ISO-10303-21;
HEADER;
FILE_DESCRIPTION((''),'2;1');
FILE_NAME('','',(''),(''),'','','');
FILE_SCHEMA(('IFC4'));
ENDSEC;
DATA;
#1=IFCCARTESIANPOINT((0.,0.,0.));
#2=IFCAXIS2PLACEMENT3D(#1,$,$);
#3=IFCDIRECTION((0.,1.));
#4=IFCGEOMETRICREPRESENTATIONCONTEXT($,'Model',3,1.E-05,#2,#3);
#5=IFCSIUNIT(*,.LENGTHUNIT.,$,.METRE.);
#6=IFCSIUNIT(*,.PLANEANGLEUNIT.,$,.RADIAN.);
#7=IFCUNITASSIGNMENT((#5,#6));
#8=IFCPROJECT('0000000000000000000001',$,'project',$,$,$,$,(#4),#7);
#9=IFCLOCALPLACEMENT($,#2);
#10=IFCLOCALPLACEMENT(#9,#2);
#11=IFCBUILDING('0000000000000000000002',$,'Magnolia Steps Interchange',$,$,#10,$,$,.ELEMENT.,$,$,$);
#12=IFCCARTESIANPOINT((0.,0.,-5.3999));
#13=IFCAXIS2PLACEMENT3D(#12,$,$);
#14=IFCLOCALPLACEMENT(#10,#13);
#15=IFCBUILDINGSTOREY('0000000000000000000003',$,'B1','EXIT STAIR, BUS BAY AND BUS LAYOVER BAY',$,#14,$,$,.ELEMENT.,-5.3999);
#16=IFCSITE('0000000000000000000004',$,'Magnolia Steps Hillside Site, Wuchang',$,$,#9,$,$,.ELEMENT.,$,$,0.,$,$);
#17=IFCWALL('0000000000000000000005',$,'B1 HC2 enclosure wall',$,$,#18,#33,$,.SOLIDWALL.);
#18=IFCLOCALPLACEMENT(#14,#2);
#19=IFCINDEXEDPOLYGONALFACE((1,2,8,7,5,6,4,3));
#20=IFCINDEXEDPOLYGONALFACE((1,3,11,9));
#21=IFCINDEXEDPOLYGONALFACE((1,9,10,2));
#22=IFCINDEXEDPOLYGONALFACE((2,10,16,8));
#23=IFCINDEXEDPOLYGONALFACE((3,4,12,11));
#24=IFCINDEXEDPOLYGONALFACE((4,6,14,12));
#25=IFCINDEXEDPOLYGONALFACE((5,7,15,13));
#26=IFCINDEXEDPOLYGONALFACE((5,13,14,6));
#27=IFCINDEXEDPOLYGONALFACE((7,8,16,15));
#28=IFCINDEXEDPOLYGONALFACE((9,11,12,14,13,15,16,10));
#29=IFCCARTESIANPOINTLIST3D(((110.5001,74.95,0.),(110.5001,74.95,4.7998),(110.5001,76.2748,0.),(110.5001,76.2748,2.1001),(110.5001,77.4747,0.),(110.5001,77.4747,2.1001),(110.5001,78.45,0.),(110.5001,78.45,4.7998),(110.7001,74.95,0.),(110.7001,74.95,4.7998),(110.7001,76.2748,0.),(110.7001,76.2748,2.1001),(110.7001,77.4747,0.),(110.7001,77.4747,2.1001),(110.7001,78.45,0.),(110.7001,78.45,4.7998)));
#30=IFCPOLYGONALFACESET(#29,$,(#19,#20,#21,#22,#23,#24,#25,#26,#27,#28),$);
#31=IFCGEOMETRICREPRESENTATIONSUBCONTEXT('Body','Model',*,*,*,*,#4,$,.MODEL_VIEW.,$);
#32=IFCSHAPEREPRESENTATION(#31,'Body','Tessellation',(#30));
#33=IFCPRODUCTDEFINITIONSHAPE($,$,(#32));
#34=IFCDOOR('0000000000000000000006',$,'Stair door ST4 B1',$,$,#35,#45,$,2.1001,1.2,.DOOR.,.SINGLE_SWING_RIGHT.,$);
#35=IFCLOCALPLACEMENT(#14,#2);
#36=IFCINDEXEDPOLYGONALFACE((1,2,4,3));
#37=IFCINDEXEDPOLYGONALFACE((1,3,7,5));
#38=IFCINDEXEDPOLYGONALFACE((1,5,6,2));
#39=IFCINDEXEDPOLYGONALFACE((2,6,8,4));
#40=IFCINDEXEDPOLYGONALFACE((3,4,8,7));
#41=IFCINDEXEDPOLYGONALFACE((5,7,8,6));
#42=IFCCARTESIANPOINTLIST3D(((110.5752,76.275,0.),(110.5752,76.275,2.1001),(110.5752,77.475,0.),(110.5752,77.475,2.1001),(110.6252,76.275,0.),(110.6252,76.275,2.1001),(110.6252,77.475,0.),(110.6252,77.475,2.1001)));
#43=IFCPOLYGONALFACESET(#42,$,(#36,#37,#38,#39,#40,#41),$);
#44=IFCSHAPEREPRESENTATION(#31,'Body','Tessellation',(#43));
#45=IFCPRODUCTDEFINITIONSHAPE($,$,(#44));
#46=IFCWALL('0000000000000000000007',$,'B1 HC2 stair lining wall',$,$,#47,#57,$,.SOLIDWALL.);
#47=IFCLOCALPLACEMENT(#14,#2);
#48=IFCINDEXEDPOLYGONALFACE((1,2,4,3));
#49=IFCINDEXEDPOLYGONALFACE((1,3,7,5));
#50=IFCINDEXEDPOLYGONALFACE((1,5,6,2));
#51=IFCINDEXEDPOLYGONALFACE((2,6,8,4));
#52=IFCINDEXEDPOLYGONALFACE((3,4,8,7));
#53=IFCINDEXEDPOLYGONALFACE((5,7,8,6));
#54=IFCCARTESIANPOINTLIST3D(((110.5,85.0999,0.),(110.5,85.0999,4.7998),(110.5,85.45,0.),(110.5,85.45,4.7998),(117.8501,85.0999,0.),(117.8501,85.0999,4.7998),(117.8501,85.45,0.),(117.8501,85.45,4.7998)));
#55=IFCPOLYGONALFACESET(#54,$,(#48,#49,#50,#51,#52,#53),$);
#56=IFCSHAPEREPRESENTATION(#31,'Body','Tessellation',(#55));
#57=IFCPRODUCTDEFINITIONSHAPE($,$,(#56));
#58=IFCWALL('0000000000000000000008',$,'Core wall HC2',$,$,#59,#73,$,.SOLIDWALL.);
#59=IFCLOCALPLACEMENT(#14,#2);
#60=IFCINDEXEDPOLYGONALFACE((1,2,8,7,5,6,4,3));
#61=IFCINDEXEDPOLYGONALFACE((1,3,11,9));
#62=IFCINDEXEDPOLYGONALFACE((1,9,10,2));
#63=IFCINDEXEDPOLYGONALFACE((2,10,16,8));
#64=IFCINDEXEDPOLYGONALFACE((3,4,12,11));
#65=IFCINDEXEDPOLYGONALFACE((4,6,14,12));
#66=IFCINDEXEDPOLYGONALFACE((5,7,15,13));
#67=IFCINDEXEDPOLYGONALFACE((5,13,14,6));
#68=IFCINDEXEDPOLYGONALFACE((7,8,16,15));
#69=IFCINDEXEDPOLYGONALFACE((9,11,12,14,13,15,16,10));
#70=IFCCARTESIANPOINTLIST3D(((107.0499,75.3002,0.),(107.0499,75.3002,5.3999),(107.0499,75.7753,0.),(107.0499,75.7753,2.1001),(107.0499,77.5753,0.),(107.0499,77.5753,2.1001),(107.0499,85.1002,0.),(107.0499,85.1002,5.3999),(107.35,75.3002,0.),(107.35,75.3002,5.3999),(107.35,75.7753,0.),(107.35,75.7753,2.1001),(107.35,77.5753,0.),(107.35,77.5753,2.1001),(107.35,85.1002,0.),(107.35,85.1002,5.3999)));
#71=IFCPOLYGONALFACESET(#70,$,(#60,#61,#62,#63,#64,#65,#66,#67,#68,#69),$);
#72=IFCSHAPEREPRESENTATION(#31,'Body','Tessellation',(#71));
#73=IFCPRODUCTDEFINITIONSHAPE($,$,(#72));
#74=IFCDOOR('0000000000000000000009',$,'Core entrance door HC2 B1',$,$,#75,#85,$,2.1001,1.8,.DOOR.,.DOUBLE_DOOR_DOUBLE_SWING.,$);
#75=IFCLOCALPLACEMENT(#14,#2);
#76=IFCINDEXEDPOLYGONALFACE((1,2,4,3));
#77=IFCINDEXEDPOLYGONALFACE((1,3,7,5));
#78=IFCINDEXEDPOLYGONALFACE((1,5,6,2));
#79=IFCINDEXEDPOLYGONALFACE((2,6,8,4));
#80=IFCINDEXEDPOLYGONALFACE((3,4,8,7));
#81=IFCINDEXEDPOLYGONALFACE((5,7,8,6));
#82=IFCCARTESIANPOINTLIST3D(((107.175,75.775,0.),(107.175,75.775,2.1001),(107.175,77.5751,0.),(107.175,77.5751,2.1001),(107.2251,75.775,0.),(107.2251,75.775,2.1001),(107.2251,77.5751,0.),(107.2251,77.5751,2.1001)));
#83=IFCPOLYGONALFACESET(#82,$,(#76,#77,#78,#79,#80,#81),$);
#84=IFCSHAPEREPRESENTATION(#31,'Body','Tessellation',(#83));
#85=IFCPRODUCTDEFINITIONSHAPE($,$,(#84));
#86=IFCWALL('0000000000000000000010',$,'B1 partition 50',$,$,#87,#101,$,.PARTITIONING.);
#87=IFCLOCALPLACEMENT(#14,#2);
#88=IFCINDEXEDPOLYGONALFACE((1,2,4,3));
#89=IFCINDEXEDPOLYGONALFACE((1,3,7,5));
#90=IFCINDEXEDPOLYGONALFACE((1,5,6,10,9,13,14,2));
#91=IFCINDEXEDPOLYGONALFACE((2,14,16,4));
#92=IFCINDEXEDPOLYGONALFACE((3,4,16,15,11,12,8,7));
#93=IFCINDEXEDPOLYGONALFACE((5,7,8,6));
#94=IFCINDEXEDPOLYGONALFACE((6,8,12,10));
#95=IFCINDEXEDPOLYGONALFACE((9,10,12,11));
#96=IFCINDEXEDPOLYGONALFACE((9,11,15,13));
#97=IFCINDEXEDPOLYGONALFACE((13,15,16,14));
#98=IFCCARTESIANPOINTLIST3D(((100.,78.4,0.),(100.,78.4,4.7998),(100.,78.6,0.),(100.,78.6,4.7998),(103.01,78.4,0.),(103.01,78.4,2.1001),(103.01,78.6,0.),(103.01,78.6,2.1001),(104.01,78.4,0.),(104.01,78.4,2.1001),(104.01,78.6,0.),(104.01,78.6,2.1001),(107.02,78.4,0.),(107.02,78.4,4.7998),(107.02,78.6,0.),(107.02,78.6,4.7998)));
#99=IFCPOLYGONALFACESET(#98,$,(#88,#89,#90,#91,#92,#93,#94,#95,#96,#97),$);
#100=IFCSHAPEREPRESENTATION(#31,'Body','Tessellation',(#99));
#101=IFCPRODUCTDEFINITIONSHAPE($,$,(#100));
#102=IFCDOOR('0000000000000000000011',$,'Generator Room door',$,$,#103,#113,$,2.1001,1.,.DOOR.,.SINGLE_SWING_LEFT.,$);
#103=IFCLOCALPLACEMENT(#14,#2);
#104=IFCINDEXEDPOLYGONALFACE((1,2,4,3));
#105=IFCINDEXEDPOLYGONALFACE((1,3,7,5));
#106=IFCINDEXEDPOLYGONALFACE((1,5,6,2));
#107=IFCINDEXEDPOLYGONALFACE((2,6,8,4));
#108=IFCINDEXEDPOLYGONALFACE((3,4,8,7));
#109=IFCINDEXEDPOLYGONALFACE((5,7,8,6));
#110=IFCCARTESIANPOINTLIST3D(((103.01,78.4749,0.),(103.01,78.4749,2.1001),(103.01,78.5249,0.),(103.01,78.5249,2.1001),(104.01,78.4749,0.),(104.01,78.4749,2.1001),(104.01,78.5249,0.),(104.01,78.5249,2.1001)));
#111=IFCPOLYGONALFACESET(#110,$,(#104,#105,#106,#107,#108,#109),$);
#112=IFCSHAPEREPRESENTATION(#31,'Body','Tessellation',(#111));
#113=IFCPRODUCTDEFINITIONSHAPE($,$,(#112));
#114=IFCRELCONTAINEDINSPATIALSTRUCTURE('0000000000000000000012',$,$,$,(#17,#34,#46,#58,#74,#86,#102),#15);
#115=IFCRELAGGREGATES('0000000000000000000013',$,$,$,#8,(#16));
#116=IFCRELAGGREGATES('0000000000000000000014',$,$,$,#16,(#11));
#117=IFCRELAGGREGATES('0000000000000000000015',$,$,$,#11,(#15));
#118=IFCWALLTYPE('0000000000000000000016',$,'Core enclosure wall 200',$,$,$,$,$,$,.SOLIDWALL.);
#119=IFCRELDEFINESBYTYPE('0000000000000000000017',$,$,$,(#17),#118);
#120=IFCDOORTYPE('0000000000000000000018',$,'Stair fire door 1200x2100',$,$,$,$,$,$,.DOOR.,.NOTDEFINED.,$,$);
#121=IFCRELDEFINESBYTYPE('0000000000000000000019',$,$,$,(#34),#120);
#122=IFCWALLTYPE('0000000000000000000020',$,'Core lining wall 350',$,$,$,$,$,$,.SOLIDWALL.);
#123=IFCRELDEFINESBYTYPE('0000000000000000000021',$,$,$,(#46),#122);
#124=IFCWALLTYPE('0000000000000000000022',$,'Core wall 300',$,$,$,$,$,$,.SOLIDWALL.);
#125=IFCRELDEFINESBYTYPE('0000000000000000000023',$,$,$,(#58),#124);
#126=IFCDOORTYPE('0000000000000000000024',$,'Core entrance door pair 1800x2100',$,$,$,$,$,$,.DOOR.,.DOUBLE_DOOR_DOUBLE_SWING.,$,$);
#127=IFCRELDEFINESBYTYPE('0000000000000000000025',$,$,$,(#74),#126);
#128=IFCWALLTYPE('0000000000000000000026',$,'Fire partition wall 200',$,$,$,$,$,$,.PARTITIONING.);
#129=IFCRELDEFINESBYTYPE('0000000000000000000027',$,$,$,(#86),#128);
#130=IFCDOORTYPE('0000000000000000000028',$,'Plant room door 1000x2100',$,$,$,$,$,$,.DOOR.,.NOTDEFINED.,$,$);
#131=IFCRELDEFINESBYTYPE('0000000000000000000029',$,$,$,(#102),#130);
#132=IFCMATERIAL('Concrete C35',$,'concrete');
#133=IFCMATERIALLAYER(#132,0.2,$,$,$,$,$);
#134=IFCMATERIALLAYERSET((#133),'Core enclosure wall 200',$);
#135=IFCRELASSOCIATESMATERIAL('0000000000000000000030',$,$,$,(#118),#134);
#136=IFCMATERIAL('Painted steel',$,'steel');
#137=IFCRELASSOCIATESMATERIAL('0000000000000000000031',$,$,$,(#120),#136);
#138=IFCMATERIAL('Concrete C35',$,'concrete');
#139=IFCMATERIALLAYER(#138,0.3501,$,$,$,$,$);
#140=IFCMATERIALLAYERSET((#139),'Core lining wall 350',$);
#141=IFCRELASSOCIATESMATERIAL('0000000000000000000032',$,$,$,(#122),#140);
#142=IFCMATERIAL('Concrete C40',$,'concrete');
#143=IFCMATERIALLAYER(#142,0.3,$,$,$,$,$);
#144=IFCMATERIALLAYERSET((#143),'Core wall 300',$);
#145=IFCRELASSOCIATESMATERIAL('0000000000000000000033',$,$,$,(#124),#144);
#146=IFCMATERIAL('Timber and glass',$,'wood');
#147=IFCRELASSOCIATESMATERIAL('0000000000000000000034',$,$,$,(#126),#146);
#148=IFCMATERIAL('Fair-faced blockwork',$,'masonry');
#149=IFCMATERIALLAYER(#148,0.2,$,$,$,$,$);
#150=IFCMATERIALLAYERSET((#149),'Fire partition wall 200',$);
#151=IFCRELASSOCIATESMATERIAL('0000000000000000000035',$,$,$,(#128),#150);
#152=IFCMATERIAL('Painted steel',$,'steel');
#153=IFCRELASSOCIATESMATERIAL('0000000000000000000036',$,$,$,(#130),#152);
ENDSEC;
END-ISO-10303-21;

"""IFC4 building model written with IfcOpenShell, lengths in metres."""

from ifc_helpers import new_model, si_unit, direction, frame, frame_2d, origin, place, context, subcontext, project, spatial, rectangle, extrude, material, layer, layer_set, type_object, element, fill, save


model = new_model("IFC4")

# Units and contexts
model_context = context("Model", 3, precision=1e-05, world=origin(), true_north=direction((0.0, 1.0)))
body_context = subcontext(model_context, "Body", "Model", "MODEL_VIEW")
ifc_project = project(units=[si_unit("LENGTHUNIT", "METRE"), si_unit("PLANEANGLEUNIT", "RADIAN")], contexts=[model_context])

# Site, building, storey
site_placement = place(None, origin())
site = spatial("IfcSite", under=ifc_project, at=site_placement, Name="Magnolia Steps Hillside Site, Wuchang", CompositionType="ELEMENT", RefElevation=0.0)
building_placement = place(site_placement, origin())
building = spatial("IfcBuilding", under=site, at=building_placement, Name="Magnolia Steps Interchange", CompositionType="ELEMENT")
storey_placement = place(building_placement, frame((0.0, 0.0, -5.3999)))
storey = spatial("IfcBuildingStorey", under=building, at=storey_placement, Name="B1", Description="EXIT STAIR, BUS BAY AND BUS LAYOVER BAY", CompositionType="ELEMENT", Elevation=-5.3999)

# Shared definitions
ifc_material_1 = material(Name="Concrete C35", Category="concrete")
ifc_layer_1 = layer(ifc_material_1, 0.2)
ifc_layer_set_1 = layer_set([ifc_layer_1], Name="Core enclosure wall 200")
wall_type_1 = type_object("IfcWallType", Name="Core enclosure wall 200", PredefinedType="SOLIDWALL", material=ifc_layer_set_1)
ifc_material_2 = material(Name="Painted steel", Category="steel")
door_type_1 = type_object("IfcDoorType", Name="Stair fire door 1200x2100", OperationType="NOTDEFINED", PredefinedType="DOOR", material=ifc_material_2)

# Wall, opening, door
wall_1_placement = place(storey_placement, frame((110.6001, 78.45, 0.0), z_axis=(0.0, 0.0, 1.0), x_axis=(0.0, -1.0, 0.0)))
wall_1 = element("IfcWall", 1, at=wall_1_placement, inside=storey, type_object=wall_type_1, Name="B1 HC2 enclosure wall", PredefinedType="SOLIDWALL", context=body_context, shape_type="SweptSolid", body=[
    extrude(rectangle(XDim=3.5, YDim=0.2, at=frame_2d((1.75, 0.0))), origin(), (0.0, 0.0, 1.0), 4.7998),
])
opening_1_placement = place(wall_1_placement, frame((0.9751, 0.0, 0.0)))
opening_1 = element("IfcOpeningElement", 2, at=opening_1_placement, cuts=wall_1, PredefinedType="OPENING", context=body_context, shape_type="SweptSolid", body=[
    extrude(rectangle(XDim=1.2, YDim=2.1001, at=frame_2d((0.6001, 1.05))), frame((0.0, 0.1099, 0.0), z_axis=(0.0, -1.0, 0.0), x_axis=(1.0, 0.0, 0.0)), (0.0, 0.0, 1.0), 0.22),
])
door_1_placement = place(opening_1_placement, frame((1.2, 0.0, 0.0), z_axis=(0.0, 0.0, 1.0), x_axis=(-1.0, 0.0, 0.0)))
door_1 = element("IfcDoor", 3, at=door_1_placement, inside=storey, type_object=door_type_1, Name="Stair door ST4 B1", OperationType="SINGLE_SWING_RIGHT", OverallHeight=2.1001, OverallWidth=1.2, PredefinedType="DOOR", context=body_context, shape_type="SweptSolid", body=[
    extrude(rectangle(XDim=1.2, YDim=2.1001, at=frame_2d((0.6001, 1.05))), frame((0.0, 0.0249, 0.0), z_axis=(0.0, -1.0, 0.0), x_axis=(1.0, 0.0, 0.0)), (0.0, 0.0, 1.0), 0.05),
])
fill(opening_1, door_1)

# Wall
ifc_material_3 = material(Name="Concrete C35", Category="concrete")
ifc_layer_2 = layer(ifc_material_3, 0.3501)
ifc_layer_set_2 = layer_set([ifc_layer_2], Name="Core lining wall 350")
wall_type_2 = type_object("IfcWallType", Name="Core lining wall 350", PredefinedType="SOLIDWALL", material=ifc_layer_set_2)
wall_2_placement = place(storey_placement, frame((110.5, 85.2749, 0.0), z_axis=(0.0, 0.0, 1.0), x_axis=(1.0, 0.0, 0.0)))
element("IfcWall", 4, at=wall_2_placement, inside=storey, type_object=wall_type_2, Name="B1 HC2 stair lining wall", PredefinedType="SOLIDWALL", context=body_context, shape_type="SweptSolid", body=[
    extrude(rectangle(XDim=7.3501, YDim=0.3501, at=frame_2d((3.675, 0.0))), origin(), (0.0, 0.0, 1.0), 4.7998),
])

# Walls, openings, doors
ifc_material_4 = material(Name="Concrete C40", Category="concrete")
ifc_layer_3 = layer(ifc_material_4, 0.3)
ifc_layer_set_3 = layer_set([ifc_layer_3], Name="Core wall 300")
wall_type_3 = type_object("IfcWallType", Name="Core wall 300", PredefinedType="SOLIDWALL", material=ifc_layer_set_3)
wall_3_placement = place(storey_placement, frame((107.2, 85.1001, 0.0), z_axis=(0.0, 0.0, 1.0), x_axis=(0.0, -1.0, 0.0)))
wall_3 = element("IfcWall", 5, at=wall_3_placement, inside=storey, type_object=wall_type_3, Name="Core wall HC2", PredefinedType="SOLIDWALL", context=body_context, shape_type="SweptSolid", body=[
    extrude(rectangle(XDim=9.8, YDim=0.3, at=frame_2d((4.8999, 0.0))), origin(), (0.0, 0.0, 1.0), 5.3999),
])
opening_2_placement = place(wall_3_placement, frame((7.5249, 0.0, 0.0)))
opening_2 = element("IfcOpeningElement", 6, at=opening_2_placement, cuts=wall_3, PredefinedType="OPENING", context=body_context, shape_type="SweptSolid", body=[
    extrude(rectangle(XDim=1.8, YDim=2.1001, at=frame_2d((0.8999, 1.05))), frame((0.0, 0.1599, 0.0), z_axis=(0.0, -1.0, 0.0), x_axis=(1.0, 0.0, 0.0)), (0.0, 0.0, 1.0), 0.3201),
])
ifc_material_5 = material(Name="Timber and glass", Category="wood")
door_type_2 = type_object("IfcDoorType", Name="Core entrance door pair 1800x2100", OperationType="DOUBLE_DOOR_DOUBLE_SWING", PredefinedType="DOOR", material=ifc_material_5)
door_2_placement = place(opening_2_placement, frame((1.8, 0.0, 0.0), z_axis=(0.0, 0.0, 1.0), x_axis=(-1.0, 0.0, 0.0)))
door_2 = element("IfcDoor", 7, at=door_2_placement, inside=storey, type_object=door_type_2, Name="Core entrance door HC2 B1", OperationType="DOUBLE_DOOR_DOUBLE_SWING", OverallHeight=2.1001, OverallWidth=1.8, PredefinedType="DOOR", context=body_context, shape_type="SweptSolid", body=[
    extrude(rectangle(XDim=1.8, YDim=2.1001, at=frame_2d((0.8999, 1.05))), frame((0.0, 0.0249, 0.0), z_axis=(0.0, -1.0, 0.0), x_axis=(1.0, 0.0, 0.0)), (0.0, 0.0, 1.0), 0.05),
])
fill(opening_2, door_2)
ifc_material_6 = material(Name="Fair-faced blockwork", Category="masonry")
ifc_layer_4 = layer(ifc_material_6, 0.2)
ifc_layer_set_4 = layer_set([ifc_layer_4], Name="Fire partition wall 200")
wall_type_4 = type_object("IfcWallType", Name="Fire partition wall 200", PredefinedType="PARTITIONING", material=ifc_layer_set_4)
wall_4_placement = place(storey_placement, frame((100.0, 78.5, 0.0), z_axis=(0.0, 0.0, 1.0), x_axis=(1.0, 0.0, 0.0)))
wall_4 = element("IfcWall", 8, at=wall_4_placement, inside=storey, type_object=wall_type_4, Name="B1 partition 50", PredefinedType="PARTITIONING", context=body_context, shape_type="SweptSolid", body=[
    extrude(rectangle(XDim=7.02, YDim=0.2, at=frame_2d((3.51, 0.0))), origin(), (0.0, 0.0, 1.0), 4.7998),
])
opening_3_placement = place(wall_4_placement, frame((3.01, 0.0, 0.0)))
opening_3 = element("IfcOpeningElement", 9, at=opening_3_placement, cuts=wall_4, PredefinedType="OPENING", context=body_context, shape_type="SweptSolid", body=[
    extrude(rectangle(XDim=1.0, YDim=2.1001, at=frame_2d((0.5, 1.05))), frame((0.0, 0.1099, 0.0), z_axis=(0.0, -1.0, 0.0), x_axis=(1.0, 0.0, 0.0)), (0.0, 0.0, 1.0), 0.22),
])
ifc_material_7 = material(Name="Painted steel", Category="steel")
door_type_3 = type_object("IfcDoorType", Name="Plant room door 1000x2100", OperationType="NOTDEFINED", PredefinedType="DOOR", material=ifc_material_7)
door_3_placement = place(opening_3_placement, origin())
door_3 = element("IfcDoor", 10, at=door_3_placement, inside=storey, type_object=door_type_3, Name="Generator Room door", OperationType="SINGLE_SWING_LEFT", OverallHeight=2.1001, OverallWidth=1.0, PredefinedType="DOOR", context=body_context, shape_type="SweptSolid", body=[
    extrude(rectangle(XDim=1.0, YDim=2.1001, at=frame_2d((0.5, 1.05))), frame((0.0, 0.0249, 0.0), z_axis=(0.0, -1.0, 0.0), x_axis=(1.0, 0.0, 0.0)), (0.0, 0.0, 1.0), 0.05),
])
fill(opening_3, door_3)

save(model, "model.ifc")
